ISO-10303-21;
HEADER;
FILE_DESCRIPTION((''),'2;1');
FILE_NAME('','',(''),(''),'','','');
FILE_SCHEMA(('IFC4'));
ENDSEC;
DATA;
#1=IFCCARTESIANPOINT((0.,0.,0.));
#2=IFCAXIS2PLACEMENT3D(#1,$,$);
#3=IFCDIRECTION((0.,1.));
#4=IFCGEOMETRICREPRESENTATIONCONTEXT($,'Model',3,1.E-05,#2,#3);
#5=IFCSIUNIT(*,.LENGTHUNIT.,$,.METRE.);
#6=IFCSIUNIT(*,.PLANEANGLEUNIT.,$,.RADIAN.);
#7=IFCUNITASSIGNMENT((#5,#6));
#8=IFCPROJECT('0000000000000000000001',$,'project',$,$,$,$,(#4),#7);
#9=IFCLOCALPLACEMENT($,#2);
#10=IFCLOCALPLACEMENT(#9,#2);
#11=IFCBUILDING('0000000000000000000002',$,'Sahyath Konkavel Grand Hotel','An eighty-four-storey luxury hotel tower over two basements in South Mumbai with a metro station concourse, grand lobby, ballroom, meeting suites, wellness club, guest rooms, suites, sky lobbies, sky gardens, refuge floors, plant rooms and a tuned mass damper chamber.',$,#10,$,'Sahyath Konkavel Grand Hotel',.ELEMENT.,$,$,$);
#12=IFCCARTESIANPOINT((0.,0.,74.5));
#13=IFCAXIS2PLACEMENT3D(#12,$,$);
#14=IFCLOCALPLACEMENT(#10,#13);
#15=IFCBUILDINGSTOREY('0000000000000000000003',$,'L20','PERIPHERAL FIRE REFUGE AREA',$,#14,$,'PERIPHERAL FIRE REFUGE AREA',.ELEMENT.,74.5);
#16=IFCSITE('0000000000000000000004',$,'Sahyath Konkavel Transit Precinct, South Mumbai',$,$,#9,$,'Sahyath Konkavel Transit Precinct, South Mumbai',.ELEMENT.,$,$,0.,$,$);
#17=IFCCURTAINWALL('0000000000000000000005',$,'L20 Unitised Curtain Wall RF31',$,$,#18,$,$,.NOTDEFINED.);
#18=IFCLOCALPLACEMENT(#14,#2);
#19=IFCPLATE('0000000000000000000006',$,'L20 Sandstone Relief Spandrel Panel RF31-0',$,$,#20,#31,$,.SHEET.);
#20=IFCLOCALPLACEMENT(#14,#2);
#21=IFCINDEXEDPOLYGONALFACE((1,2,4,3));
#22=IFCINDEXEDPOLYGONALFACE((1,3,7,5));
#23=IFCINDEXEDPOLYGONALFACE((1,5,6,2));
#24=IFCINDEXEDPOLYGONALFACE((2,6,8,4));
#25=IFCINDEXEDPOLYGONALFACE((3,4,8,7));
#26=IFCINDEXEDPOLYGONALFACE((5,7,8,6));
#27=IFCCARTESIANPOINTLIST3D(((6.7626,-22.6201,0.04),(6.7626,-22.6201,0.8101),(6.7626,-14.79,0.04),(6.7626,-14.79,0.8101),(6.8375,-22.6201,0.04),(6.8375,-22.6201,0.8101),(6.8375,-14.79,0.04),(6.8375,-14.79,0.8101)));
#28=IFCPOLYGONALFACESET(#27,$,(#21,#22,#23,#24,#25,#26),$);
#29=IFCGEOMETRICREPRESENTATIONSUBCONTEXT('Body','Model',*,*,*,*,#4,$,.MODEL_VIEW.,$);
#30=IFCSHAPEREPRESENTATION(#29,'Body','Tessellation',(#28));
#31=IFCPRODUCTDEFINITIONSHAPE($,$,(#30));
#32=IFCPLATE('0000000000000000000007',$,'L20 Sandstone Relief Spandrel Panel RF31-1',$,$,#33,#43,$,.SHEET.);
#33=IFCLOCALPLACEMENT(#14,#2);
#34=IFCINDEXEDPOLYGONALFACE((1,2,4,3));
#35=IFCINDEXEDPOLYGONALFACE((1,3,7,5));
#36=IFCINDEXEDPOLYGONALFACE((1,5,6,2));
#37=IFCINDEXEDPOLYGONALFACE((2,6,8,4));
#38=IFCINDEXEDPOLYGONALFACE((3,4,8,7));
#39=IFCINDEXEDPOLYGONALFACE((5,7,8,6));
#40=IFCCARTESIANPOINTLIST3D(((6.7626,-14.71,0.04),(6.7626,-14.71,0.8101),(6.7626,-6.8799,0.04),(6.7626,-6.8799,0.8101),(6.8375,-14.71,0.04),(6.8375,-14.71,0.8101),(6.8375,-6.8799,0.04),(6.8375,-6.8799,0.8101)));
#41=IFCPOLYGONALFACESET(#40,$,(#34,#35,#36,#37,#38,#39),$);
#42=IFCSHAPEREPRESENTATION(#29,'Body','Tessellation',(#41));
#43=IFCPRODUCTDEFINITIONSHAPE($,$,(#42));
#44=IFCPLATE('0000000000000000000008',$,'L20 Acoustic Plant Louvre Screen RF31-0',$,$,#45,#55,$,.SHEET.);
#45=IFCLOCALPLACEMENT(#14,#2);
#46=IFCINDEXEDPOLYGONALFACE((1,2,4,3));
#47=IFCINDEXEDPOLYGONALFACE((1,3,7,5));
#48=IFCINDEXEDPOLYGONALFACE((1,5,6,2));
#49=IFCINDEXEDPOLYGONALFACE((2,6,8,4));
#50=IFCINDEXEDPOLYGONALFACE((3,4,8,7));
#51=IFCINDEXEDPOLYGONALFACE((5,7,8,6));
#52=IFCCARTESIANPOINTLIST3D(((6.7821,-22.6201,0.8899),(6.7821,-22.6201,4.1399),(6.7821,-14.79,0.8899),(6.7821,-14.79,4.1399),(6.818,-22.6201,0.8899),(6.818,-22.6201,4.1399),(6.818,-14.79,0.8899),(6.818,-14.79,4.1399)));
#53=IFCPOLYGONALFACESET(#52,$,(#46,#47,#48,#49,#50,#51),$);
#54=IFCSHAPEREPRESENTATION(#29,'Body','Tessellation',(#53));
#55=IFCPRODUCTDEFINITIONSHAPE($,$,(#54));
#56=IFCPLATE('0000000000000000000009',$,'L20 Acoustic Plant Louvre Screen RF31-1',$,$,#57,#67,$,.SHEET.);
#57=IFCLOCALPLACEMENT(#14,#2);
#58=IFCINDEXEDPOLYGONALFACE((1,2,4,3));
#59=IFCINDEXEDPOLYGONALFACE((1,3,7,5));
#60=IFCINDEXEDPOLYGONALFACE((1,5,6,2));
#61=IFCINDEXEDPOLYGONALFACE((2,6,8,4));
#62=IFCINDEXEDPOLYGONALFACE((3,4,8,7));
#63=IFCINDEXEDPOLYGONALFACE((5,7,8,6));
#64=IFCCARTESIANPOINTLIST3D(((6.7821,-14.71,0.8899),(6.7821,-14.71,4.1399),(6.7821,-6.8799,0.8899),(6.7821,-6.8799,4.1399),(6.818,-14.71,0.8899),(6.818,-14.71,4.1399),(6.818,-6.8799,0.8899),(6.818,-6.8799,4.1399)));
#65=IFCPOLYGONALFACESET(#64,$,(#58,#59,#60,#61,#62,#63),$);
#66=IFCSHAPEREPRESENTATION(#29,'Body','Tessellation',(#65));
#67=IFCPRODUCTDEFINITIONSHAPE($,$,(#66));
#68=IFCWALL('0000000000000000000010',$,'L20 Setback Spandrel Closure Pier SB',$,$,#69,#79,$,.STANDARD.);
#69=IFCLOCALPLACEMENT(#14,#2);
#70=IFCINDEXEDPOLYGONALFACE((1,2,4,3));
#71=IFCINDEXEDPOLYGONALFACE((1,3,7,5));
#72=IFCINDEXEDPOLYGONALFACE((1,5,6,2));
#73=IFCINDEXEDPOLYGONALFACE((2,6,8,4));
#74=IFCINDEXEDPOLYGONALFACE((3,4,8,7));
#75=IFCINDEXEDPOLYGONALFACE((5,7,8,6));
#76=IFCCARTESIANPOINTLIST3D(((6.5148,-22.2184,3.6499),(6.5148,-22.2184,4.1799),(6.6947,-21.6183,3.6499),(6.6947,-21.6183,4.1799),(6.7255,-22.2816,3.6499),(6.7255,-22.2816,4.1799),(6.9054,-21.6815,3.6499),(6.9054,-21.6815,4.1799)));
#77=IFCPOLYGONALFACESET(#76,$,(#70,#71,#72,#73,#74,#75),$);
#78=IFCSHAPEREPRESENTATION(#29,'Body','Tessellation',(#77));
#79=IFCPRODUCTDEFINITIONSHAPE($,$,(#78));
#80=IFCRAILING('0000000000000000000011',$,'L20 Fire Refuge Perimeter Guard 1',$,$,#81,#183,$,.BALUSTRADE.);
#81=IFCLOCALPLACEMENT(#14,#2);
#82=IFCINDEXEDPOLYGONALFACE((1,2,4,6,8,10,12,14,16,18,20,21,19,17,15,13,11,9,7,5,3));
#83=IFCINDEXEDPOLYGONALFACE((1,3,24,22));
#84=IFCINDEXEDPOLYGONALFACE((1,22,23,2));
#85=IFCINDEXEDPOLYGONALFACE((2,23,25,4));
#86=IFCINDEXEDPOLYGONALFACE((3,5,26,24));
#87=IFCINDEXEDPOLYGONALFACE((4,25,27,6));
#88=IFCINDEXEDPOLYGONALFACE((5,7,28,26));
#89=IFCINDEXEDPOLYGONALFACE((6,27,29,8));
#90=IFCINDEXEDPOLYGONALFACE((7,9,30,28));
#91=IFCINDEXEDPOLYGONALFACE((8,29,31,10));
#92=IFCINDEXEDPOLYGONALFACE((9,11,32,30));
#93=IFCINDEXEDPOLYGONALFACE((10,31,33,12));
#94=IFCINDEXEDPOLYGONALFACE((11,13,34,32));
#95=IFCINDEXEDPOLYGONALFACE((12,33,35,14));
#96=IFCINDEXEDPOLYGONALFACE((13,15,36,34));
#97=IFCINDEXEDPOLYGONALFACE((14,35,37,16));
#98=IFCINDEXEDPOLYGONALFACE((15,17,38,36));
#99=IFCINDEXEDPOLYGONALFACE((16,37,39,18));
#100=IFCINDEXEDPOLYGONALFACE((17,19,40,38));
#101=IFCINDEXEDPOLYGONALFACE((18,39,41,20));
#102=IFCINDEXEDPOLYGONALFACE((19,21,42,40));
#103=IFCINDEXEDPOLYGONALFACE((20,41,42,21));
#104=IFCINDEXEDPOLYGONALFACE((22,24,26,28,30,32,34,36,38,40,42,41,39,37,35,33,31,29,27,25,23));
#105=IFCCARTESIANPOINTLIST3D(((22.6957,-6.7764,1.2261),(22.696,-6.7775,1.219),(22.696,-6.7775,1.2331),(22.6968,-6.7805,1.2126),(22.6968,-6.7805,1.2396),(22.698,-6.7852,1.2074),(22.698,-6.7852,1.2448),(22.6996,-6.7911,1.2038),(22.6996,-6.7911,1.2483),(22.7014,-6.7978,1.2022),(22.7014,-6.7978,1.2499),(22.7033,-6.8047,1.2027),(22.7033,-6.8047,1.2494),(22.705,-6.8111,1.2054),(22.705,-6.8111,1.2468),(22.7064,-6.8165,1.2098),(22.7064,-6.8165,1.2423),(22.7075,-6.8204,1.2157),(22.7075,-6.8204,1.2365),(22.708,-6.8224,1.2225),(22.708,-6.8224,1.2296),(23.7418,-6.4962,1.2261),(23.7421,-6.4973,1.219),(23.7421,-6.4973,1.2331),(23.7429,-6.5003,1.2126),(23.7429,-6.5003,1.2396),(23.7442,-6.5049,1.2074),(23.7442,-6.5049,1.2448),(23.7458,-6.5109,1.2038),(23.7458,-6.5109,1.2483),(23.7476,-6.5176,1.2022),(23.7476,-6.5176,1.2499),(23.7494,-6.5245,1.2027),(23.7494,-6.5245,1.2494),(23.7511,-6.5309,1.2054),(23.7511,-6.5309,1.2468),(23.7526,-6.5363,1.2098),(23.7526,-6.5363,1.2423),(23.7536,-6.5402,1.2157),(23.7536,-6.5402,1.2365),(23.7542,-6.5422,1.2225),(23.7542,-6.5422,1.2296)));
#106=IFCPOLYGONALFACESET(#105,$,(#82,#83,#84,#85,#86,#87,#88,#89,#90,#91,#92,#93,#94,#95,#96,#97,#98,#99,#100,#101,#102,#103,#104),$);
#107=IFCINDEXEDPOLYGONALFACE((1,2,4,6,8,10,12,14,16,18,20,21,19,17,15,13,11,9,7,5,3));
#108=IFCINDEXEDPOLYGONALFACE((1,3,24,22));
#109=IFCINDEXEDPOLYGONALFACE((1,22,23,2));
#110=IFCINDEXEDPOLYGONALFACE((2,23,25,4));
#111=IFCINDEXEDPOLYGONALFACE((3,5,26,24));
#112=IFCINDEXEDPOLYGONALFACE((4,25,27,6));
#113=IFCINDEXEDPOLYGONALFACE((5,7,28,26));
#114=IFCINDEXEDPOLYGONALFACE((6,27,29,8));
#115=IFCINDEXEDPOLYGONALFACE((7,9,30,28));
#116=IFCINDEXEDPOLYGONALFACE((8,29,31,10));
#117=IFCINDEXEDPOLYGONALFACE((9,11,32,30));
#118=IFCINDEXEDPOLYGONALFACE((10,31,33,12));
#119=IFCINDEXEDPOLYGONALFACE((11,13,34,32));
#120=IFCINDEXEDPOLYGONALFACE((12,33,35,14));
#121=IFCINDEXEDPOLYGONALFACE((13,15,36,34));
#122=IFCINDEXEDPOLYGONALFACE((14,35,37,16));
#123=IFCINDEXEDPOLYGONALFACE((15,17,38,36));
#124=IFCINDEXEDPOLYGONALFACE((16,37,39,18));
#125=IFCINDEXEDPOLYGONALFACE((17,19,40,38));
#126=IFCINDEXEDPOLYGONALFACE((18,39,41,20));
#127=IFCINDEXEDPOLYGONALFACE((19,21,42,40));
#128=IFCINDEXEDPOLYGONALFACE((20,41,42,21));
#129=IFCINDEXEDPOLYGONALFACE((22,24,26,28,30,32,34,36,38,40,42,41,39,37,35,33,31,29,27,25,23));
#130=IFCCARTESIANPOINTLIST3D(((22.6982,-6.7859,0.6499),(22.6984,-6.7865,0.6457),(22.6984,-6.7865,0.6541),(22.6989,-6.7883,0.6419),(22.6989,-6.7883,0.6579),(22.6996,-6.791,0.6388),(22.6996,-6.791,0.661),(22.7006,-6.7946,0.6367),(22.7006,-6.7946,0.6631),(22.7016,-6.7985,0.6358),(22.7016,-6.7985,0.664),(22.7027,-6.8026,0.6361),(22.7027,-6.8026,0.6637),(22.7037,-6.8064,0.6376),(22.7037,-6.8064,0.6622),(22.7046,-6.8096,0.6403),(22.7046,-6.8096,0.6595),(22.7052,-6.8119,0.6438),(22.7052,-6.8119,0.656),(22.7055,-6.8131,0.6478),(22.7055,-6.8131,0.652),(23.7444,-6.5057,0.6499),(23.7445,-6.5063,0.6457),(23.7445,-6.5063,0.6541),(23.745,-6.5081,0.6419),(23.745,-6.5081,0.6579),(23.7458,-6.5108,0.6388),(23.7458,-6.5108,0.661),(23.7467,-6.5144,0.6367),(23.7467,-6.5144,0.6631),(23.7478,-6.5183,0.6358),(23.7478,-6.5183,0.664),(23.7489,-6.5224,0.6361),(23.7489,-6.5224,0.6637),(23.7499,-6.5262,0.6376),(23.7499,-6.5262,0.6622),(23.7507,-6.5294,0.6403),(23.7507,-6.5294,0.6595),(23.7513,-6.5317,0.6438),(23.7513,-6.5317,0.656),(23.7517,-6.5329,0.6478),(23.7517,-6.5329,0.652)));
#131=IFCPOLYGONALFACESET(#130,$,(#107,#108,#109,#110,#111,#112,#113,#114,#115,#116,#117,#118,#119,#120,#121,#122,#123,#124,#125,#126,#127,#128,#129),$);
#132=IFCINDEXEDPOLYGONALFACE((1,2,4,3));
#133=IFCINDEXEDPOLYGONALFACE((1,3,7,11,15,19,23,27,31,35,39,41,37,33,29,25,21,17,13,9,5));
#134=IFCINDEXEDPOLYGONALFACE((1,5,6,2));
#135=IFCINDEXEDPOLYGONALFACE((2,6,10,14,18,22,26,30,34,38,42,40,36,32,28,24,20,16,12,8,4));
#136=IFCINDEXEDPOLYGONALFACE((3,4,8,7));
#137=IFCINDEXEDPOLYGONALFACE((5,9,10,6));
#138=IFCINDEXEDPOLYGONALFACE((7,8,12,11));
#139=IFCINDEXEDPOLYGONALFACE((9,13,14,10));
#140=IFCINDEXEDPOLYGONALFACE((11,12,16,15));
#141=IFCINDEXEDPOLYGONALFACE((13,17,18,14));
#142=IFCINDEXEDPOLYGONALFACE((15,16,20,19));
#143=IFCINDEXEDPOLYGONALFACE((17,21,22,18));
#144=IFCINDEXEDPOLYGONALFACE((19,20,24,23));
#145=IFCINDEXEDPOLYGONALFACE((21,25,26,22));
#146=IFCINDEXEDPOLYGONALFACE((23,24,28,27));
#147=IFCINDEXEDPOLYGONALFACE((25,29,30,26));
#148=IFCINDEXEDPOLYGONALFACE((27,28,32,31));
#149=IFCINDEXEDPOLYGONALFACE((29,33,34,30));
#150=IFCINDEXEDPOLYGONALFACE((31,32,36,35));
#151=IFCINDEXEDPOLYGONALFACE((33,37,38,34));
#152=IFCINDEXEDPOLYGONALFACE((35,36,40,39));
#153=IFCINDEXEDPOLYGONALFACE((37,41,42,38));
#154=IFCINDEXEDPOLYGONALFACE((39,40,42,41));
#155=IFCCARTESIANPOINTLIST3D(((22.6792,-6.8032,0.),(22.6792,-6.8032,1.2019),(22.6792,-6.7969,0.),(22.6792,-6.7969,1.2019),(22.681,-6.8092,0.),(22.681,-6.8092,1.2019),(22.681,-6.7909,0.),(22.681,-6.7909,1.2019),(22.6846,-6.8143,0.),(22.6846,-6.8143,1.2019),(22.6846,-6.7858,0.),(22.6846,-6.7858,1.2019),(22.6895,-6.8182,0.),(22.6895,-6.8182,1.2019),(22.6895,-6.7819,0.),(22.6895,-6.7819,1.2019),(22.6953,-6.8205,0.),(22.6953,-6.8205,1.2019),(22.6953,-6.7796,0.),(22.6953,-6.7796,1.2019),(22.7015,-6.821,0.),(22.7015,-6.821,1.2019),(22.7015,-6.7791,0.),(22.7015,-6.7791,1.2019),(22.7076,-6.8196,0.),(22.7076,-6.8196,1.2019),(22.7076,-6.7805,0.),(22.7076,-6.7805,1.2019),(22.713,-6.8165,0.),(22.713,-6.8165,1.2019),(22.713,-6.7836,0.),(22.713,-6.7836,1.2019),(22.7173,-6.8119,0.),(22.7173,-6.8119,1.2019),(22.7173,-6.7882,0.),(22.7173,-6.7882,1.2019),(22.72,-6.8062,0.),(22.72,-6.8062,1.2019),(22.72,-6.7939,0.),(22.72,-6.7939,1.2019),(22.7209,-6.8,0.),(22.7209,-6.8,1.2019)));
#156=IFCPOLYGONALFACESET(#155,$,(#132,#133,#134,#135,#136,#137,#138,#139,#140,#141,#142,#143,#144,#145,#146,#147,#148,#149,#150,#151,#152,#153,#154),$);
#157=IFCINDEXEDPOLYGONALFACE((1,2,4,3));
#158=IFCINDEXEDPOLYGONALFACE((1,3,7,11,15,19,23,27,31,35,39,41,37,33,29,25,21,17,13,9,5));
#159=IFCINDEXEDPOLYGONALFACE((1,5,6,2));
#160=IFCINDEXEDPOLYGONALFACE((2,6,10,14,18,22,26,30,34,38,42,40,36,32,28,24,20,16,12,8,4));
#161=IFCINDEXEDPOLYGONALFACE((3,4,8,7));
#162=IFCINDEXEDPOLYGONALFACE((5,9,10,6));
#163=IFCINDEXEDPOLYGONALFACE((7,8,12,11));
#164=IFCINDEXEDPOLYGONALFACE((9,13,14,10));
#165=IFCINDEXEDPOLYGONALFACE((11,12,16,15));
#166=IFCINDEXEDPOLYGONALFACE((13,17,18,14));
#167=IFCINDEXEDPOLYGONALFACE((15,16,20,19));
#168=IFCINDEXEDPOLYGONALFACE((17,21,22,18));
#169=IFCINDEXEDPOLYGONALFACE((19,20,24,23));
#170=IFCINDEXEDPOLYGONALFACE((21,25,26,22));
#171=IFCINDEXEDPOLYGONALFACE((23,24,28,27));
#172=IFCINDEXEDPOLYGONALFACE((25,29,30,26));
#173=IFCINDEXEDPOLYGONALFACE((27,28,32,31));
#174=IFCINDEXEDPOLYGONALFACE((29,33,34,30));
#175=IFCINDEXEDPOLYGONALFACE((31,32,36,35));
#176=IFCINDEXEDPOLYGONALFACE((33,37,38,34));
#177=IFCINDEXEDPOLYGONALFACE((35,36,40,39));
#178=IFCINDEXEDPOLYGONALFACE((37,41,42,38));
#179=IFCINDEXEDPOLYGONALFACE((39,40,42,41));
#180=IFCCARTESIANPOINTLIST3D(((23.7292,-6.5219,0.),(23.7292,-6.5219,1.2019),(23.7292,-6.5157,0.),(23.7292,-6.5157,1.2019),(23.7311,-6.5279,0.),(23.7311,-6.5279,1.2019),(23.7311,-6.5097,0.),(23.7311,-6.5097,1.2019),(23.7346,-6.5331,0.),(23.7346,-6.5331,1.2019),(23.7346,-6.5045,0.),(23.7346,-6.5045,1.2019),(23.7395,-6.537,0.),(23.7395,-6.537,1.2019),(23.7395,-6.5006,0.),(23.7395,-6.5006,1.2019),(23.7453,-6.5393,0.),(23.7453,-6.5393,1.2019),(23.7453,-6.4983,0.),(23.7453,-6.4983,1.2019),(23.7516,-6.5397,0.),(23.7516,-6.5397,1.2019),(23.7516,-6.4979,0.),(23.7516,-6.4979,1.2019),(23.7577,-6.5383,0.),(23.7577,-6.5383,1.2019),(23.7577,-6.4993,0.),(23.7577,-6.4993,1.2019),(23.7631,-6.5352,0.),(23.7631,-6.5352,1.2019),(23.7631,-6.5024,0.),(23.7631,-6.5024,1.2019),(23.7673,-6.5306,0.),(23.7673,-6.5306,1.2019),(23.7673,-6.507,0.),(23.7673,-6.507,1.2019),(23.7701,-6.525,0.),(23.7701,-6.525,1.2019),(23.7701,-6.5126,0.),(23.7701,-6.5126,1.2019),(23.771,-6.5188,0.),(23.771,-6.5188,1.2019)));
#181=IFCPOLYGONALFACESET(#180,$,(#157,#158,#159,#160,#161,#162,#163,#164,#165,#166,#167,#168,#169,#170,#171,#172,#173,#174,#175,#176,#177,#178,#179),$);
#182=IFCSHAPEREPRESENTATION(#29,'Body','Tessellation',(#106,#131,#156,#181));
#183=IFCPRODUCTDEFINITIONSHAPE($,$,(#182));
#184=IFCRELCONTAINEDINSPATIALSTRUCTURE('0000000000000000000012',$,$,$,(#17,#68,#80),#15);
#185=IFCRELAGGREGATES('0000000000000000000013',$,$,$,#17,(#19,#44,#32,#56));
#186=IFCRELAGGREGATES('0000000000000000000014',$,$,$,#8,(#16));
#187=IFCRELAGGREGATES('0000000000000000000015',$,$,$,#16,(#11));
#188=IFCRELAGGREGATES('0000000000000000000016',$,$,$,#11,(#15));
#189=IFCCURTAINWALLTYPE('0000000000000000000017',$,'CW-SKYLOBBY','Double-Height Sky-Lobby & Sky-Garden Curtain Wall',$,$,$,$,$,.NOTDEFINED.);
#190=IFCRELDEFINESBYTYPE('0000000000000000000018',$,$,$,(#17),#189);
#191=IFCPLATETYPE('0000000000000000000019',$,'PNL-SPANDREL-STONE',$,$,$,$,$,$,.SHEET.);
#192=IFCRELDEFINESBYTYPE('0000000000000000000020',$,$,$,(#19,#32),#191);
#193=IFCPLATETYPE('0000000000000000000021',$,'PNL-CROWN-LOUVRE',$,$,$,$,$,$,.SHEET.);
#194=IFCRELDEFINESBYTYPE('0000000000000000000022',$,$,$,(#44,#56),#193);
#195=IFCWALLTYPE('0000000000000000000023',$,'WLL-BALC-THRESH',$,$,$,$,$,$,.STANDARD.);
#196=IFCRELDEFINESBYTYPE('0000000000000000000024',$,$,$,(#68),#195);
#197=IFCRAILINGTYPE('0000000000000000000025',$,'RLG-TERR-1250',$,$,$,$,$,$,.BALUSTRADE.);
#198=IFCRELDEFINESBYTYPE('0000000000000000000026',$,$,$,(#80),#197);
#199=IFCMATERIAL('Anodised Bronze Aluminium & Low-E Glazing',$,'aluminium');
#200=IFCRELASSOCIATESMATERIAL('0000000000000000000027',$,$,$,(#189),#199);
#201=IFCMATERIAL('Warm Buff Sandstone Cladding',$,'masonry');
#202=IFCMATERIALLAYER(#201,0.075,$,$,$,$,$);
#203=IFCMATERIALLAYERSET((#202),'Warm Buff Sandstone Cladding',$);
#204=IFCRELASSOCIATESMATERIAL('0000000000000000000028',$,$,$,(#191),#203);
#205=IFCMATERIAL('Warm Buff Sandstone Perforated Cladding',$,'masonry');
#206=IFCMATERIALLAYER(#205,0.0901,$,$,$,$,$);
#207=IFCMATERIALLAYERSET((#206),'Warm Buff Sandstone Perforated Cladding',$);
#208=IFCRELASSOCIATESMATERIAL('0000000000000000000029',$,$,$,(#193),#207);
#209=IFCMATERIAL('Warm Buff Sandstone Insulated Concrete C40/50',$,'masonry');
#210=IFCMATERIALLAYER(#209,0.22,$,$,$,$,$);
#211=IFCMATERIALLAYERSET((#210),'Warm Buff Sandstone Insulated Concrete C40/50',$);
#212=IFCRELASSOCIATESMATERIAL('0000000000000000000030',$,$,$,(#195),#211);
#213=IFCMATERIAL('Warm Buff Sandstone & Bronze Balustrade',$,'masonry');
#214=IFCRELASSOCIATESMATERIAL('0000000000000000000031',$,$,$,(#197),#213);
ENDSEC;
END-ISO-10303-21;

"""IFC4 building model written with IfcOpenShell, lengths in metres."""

from ifc_helpers import new_model, si_unit, direction, frame, frame_2d, origin, origin_2d, place, context, subcontext, project, spatial, rectangle, circle, extrude, source, transform, mapped, material, layer, layer_set, type_object, element, aggregate, save


model = new_model("IFC4")

# Units and contexts
model_context = context("Model", 3, precision=1e-05, world=origin(), true_north=direction((0.0, 1.0)))
body_context = subcontext(model_context, "Body", "Model", "MODEL_VIEW")
ifc_project = project(units=[si_unit("LENGTHUNIT", "METRE"), si_unit("PLANEANGLEUNIT", "RADIAN")], contexts=[model_context])

# Site, building, storey
site_placement = place(None, origin())
site = spatial("IfcSite", under=ifc_project, at=site_placement, Name="Sahyath Konkavel Transit Precinct, South Mumbai", LongName="Sahyath Konkavel Transit Precinct, South Mumbai", CompositionType="ELEMENT", RefElevation=0.0)
building_placement = place(site_placement, origin())
building = spatial("IfcBuilding", under=site, at=building_placement, Name="Sahyath Konkavel Grand Hotel", Description="An eighty-four-storey luxury hotel tower over two basements in South Mumbai with a metro station concourse, grand lobby, ballroom, meeting suites, wellness club, guest rooms, suites, sky lobbies, sky gardens, refuge floors, plant rooms and a tuned mass damper chamber.", LongName="Sahyath Konkavel Grand Hotel", CompositionType="ELEMENT")
storey_placement = place(building_placement, frame((0.0, 0.0, 74.5)))
storey = spatial("IfcBuildingStorey", under=building, at=storey_placement, Name="L20", Description="PERIPHERAL FIRE REFUGE AREA", LongName="PERIPHERAL FIRE REFUGE AREA", CompositionType="ELEMENT", Elevation=74.5)

# Shared definitions
ifc_material_1 = material(Name="Anodised Bronze Aluminium & Low-E Glazing", Category="aluminium")
curtain_wall_type = type_object("IfcCurtainWallType", Name="CW-SKYLOBBY", Description="Double-Height Sky-Lobby & Sky-Garden Curtain Wall", PredefinedType="NOTDEFINED", material=ifc_material_1)

# Curtain wall
curtain_wall_1_placement = place(storey_placement, origin())
curtain_wall_1 = element("IfcCurtainWall", 1, at=curtain_wall_1_placement, inside=storey, type_object=curtain_wall_type, Name="L20 Unitised Curtain Wall RF31", PredefinedType="NOTDEFINED")

# Plates
ifc_material_2 = material(Name="Warm Buff Sandstone Cladding", Category="masonry")
ifc_layer_1 = layer(ifc_material_2, 0.075)
ifc_layer_set_1 = layer_set([ifc_layer_1], Name="Warm Buff Sandstone Cladding")
plate_type_1 = type_object("IfcPlateType", Name="PNL-SPANDREL-STONE", PredefinedType="SHEET", material=ifc_layer_set_1)
shared_shape_1 = source(origin(), body_context, "Body", "SweptSolid", [
    extrude(rectangle(XDim=7.8301, YDim=0.075, at=origin_2d()), origin(), (0.0, 0.0, 1.0), 0.77),
])
plate_1_placement = place(storey_placement, frame((6.8, -18.7051, 0.04), z_axis=(0.0, 0.0, 1.0), x_axis=(0.0, 1.0, 0.0)))
plate_1 = element("IfcPlate", 2, at=plate_1_placement, type_object=plate_type_1, Name="L20 Sandstone Relief Spandrel Panel RF31-0", PredefinedType="SHEET", context=body_context, shape_type="MappedRepresentation", body=[
    mapped(shared_shape_1, transform((0.0, 0.0, 0.0), scale=1.0)),
])
plate_2_placement = place(storey_placement, frame((6.8, -10.7949, 0.04), z_axis=(0.0, 0.0, 1.0), x_axis=(0.0, 1.0, 0.0)))
plate_2 = element("IfcPlate", 3, at=plate_2_placement, type_object=plate_type_1, Name="L20 Sandstone Relief Spandrel Panel RF31-1", PredefinedType="SHEET", context=body_context, shape_type="MappedRepresentation", body=[
    mapped(shared_shape_1, transform((0.0, 0.0, 0.0), scale=1.0)),
])
ifc_material_3 = material(Name="Warm Buff Sandstone Perforated Cladding", Category="masonry")
ifc_layer_2 = layer(ifc_material_3, 0.0901)
ifc_layer_set_2 = layer_set([ifc_layer_2], Name="Warm Buff Sandstone Perforated Cladding")
plate_type_2 = type_object("IfcPlateType", Name="PNL-CROWN-LOUVRE", PredefinedType="SHEET", material=ifc_layer_set_2)
shared_shape_2 = source(origin(), body_context, "Body", "SweptSolid", [
    extrude(rectangle(XDim=7.8301, YDim=0.0359, at=origin_2d()), origin(), (0.0, 0.0, 1.0), 3.25),
])
plate_3_placement = place(storey_placement, frame((6.8, -18.7051, 0.8899), z_axis=(0.0, 0.0, 1.0), x_axis=(0.0, 1.0, 0.0)))
plate_3 = element("IfcPlate", 4, at=plate_3_placement, type_object=plate_type_2, Name="L20 Acoustic Plant Louvre Screen RF31-0", PredefinedType="SHEET", context=body_context, shape_type="MappedRepresentation", body=[
    mapped(shared_shape_2, transform((0.0, 0.0, 0.0), scale=1.0)),
])
plate_4_placement = place(storey_placement, frame((6.8, -10.7949, 0.8899), z_axis=(0.0, 0.0, 1.0), x_axis=(0.0, 1.0, 0.0)))
plate_4 = element("IfcPlate", 5, at=plate_4_placement, type_object=plate_type_2, Name="L20 Acoustic Plant Louvre Screen RF31-1", PredefinedType="SHEET", context=body_context, shape_type="MappedRepresentation", body=[
    mapped(shared_shape_2, transform((0.0, 0.0, 0.0), scale=1.0)),
])
aggregate(curtain_wall_1, [plate_1, plate_3, plate_2, plate_4])

# Wall
ifc_material_4 = material(Name="Warm Buff Sandstone Insulated Concrete C40/50", Category="masonry")
ifc_layer_3 = layer(ifc_material_4, 0.22)
ifc_layer_set_3 = layer_set([ifc_layer_3], Name="Warm Buff Sandstone Insulated Concrete C40/50")
wall_type = type_object("IfcWallType", Name="WLL-BALC-THRESH", PredefinedType="STANDARD", material=ifc_layer_set_3)
wall_placement = place(storey_placement, frame((6.6201, -22.25, 3.6499), z_axis=(0.0, 0.0, 1.0), x_axis=(0.287205, 0.957869, 0.0)))
element("IfcWall", 6, at=wall_placement, inside=storey, type_object=wall_type, Name="L20 Setback Spandrel Closure Pier SB", PredefinedType="STANDARD", context=body_context, shape_type="SweptSolid", body=[
    extrude(rectangle(XDim=0.6265, YDim=0.22, at=frame_2d((0.3132, 0.0))), origin(), (0.0, 0.0, 1.0), 0.53),
])

# Railing
ifc_material_5 = material(Name="Warm Buff Sandstone & Bronze Balustrade", Category="masonry")
railing_type = type_object("IfcRailingType", Name="RLG-TERR-1250", PredefinedType="BALUSTRADE", material=ifc_material_5)
railing_1_placement = place(storey_placement, frame((22.7, -6.8, 0.0)))
element("IfcRailing", 7, at=railing_1_placement, inside=storey, type_object=railing_type, Name="L20 Fire Refuge Perimeter Guard 1", PredefinedType="BALUSTRADE", context=body_context, shape_type="SweptSolid", body=[
    extrude(circle(Radius=0.0239, at=origin_2d()), frame((0.002, 0.0005, 1.2261), z_axis=(0.965951, 0.258725, 0.0), x_axis=(-0.258725, 0.965951, 0.0)), (0.0, 0.0, 1.0), 1.083),
    extrude(circle(Radius=0.0142, at=origin_2d()), frame((0.002, 0.0005, 0.6499), z_axis=(0.965951, 0.258725, 0.0), x_axis=(-0.258725, 0.965951, 0.0)), (0.0, 0.0, 1.0), 1.083),
    extrude(circle(Radius=0.021, at=origin_2d()), origin(), (0.0, 0.0, 1.0), 1.2019),
    extrude(circle(Radius=0.021, at=origin_2d()), frame((1.05, 0.2812, 0.0)), (0.0, 0.0, 1.0), 1.2019),
])

save(model, "model.ifc")
